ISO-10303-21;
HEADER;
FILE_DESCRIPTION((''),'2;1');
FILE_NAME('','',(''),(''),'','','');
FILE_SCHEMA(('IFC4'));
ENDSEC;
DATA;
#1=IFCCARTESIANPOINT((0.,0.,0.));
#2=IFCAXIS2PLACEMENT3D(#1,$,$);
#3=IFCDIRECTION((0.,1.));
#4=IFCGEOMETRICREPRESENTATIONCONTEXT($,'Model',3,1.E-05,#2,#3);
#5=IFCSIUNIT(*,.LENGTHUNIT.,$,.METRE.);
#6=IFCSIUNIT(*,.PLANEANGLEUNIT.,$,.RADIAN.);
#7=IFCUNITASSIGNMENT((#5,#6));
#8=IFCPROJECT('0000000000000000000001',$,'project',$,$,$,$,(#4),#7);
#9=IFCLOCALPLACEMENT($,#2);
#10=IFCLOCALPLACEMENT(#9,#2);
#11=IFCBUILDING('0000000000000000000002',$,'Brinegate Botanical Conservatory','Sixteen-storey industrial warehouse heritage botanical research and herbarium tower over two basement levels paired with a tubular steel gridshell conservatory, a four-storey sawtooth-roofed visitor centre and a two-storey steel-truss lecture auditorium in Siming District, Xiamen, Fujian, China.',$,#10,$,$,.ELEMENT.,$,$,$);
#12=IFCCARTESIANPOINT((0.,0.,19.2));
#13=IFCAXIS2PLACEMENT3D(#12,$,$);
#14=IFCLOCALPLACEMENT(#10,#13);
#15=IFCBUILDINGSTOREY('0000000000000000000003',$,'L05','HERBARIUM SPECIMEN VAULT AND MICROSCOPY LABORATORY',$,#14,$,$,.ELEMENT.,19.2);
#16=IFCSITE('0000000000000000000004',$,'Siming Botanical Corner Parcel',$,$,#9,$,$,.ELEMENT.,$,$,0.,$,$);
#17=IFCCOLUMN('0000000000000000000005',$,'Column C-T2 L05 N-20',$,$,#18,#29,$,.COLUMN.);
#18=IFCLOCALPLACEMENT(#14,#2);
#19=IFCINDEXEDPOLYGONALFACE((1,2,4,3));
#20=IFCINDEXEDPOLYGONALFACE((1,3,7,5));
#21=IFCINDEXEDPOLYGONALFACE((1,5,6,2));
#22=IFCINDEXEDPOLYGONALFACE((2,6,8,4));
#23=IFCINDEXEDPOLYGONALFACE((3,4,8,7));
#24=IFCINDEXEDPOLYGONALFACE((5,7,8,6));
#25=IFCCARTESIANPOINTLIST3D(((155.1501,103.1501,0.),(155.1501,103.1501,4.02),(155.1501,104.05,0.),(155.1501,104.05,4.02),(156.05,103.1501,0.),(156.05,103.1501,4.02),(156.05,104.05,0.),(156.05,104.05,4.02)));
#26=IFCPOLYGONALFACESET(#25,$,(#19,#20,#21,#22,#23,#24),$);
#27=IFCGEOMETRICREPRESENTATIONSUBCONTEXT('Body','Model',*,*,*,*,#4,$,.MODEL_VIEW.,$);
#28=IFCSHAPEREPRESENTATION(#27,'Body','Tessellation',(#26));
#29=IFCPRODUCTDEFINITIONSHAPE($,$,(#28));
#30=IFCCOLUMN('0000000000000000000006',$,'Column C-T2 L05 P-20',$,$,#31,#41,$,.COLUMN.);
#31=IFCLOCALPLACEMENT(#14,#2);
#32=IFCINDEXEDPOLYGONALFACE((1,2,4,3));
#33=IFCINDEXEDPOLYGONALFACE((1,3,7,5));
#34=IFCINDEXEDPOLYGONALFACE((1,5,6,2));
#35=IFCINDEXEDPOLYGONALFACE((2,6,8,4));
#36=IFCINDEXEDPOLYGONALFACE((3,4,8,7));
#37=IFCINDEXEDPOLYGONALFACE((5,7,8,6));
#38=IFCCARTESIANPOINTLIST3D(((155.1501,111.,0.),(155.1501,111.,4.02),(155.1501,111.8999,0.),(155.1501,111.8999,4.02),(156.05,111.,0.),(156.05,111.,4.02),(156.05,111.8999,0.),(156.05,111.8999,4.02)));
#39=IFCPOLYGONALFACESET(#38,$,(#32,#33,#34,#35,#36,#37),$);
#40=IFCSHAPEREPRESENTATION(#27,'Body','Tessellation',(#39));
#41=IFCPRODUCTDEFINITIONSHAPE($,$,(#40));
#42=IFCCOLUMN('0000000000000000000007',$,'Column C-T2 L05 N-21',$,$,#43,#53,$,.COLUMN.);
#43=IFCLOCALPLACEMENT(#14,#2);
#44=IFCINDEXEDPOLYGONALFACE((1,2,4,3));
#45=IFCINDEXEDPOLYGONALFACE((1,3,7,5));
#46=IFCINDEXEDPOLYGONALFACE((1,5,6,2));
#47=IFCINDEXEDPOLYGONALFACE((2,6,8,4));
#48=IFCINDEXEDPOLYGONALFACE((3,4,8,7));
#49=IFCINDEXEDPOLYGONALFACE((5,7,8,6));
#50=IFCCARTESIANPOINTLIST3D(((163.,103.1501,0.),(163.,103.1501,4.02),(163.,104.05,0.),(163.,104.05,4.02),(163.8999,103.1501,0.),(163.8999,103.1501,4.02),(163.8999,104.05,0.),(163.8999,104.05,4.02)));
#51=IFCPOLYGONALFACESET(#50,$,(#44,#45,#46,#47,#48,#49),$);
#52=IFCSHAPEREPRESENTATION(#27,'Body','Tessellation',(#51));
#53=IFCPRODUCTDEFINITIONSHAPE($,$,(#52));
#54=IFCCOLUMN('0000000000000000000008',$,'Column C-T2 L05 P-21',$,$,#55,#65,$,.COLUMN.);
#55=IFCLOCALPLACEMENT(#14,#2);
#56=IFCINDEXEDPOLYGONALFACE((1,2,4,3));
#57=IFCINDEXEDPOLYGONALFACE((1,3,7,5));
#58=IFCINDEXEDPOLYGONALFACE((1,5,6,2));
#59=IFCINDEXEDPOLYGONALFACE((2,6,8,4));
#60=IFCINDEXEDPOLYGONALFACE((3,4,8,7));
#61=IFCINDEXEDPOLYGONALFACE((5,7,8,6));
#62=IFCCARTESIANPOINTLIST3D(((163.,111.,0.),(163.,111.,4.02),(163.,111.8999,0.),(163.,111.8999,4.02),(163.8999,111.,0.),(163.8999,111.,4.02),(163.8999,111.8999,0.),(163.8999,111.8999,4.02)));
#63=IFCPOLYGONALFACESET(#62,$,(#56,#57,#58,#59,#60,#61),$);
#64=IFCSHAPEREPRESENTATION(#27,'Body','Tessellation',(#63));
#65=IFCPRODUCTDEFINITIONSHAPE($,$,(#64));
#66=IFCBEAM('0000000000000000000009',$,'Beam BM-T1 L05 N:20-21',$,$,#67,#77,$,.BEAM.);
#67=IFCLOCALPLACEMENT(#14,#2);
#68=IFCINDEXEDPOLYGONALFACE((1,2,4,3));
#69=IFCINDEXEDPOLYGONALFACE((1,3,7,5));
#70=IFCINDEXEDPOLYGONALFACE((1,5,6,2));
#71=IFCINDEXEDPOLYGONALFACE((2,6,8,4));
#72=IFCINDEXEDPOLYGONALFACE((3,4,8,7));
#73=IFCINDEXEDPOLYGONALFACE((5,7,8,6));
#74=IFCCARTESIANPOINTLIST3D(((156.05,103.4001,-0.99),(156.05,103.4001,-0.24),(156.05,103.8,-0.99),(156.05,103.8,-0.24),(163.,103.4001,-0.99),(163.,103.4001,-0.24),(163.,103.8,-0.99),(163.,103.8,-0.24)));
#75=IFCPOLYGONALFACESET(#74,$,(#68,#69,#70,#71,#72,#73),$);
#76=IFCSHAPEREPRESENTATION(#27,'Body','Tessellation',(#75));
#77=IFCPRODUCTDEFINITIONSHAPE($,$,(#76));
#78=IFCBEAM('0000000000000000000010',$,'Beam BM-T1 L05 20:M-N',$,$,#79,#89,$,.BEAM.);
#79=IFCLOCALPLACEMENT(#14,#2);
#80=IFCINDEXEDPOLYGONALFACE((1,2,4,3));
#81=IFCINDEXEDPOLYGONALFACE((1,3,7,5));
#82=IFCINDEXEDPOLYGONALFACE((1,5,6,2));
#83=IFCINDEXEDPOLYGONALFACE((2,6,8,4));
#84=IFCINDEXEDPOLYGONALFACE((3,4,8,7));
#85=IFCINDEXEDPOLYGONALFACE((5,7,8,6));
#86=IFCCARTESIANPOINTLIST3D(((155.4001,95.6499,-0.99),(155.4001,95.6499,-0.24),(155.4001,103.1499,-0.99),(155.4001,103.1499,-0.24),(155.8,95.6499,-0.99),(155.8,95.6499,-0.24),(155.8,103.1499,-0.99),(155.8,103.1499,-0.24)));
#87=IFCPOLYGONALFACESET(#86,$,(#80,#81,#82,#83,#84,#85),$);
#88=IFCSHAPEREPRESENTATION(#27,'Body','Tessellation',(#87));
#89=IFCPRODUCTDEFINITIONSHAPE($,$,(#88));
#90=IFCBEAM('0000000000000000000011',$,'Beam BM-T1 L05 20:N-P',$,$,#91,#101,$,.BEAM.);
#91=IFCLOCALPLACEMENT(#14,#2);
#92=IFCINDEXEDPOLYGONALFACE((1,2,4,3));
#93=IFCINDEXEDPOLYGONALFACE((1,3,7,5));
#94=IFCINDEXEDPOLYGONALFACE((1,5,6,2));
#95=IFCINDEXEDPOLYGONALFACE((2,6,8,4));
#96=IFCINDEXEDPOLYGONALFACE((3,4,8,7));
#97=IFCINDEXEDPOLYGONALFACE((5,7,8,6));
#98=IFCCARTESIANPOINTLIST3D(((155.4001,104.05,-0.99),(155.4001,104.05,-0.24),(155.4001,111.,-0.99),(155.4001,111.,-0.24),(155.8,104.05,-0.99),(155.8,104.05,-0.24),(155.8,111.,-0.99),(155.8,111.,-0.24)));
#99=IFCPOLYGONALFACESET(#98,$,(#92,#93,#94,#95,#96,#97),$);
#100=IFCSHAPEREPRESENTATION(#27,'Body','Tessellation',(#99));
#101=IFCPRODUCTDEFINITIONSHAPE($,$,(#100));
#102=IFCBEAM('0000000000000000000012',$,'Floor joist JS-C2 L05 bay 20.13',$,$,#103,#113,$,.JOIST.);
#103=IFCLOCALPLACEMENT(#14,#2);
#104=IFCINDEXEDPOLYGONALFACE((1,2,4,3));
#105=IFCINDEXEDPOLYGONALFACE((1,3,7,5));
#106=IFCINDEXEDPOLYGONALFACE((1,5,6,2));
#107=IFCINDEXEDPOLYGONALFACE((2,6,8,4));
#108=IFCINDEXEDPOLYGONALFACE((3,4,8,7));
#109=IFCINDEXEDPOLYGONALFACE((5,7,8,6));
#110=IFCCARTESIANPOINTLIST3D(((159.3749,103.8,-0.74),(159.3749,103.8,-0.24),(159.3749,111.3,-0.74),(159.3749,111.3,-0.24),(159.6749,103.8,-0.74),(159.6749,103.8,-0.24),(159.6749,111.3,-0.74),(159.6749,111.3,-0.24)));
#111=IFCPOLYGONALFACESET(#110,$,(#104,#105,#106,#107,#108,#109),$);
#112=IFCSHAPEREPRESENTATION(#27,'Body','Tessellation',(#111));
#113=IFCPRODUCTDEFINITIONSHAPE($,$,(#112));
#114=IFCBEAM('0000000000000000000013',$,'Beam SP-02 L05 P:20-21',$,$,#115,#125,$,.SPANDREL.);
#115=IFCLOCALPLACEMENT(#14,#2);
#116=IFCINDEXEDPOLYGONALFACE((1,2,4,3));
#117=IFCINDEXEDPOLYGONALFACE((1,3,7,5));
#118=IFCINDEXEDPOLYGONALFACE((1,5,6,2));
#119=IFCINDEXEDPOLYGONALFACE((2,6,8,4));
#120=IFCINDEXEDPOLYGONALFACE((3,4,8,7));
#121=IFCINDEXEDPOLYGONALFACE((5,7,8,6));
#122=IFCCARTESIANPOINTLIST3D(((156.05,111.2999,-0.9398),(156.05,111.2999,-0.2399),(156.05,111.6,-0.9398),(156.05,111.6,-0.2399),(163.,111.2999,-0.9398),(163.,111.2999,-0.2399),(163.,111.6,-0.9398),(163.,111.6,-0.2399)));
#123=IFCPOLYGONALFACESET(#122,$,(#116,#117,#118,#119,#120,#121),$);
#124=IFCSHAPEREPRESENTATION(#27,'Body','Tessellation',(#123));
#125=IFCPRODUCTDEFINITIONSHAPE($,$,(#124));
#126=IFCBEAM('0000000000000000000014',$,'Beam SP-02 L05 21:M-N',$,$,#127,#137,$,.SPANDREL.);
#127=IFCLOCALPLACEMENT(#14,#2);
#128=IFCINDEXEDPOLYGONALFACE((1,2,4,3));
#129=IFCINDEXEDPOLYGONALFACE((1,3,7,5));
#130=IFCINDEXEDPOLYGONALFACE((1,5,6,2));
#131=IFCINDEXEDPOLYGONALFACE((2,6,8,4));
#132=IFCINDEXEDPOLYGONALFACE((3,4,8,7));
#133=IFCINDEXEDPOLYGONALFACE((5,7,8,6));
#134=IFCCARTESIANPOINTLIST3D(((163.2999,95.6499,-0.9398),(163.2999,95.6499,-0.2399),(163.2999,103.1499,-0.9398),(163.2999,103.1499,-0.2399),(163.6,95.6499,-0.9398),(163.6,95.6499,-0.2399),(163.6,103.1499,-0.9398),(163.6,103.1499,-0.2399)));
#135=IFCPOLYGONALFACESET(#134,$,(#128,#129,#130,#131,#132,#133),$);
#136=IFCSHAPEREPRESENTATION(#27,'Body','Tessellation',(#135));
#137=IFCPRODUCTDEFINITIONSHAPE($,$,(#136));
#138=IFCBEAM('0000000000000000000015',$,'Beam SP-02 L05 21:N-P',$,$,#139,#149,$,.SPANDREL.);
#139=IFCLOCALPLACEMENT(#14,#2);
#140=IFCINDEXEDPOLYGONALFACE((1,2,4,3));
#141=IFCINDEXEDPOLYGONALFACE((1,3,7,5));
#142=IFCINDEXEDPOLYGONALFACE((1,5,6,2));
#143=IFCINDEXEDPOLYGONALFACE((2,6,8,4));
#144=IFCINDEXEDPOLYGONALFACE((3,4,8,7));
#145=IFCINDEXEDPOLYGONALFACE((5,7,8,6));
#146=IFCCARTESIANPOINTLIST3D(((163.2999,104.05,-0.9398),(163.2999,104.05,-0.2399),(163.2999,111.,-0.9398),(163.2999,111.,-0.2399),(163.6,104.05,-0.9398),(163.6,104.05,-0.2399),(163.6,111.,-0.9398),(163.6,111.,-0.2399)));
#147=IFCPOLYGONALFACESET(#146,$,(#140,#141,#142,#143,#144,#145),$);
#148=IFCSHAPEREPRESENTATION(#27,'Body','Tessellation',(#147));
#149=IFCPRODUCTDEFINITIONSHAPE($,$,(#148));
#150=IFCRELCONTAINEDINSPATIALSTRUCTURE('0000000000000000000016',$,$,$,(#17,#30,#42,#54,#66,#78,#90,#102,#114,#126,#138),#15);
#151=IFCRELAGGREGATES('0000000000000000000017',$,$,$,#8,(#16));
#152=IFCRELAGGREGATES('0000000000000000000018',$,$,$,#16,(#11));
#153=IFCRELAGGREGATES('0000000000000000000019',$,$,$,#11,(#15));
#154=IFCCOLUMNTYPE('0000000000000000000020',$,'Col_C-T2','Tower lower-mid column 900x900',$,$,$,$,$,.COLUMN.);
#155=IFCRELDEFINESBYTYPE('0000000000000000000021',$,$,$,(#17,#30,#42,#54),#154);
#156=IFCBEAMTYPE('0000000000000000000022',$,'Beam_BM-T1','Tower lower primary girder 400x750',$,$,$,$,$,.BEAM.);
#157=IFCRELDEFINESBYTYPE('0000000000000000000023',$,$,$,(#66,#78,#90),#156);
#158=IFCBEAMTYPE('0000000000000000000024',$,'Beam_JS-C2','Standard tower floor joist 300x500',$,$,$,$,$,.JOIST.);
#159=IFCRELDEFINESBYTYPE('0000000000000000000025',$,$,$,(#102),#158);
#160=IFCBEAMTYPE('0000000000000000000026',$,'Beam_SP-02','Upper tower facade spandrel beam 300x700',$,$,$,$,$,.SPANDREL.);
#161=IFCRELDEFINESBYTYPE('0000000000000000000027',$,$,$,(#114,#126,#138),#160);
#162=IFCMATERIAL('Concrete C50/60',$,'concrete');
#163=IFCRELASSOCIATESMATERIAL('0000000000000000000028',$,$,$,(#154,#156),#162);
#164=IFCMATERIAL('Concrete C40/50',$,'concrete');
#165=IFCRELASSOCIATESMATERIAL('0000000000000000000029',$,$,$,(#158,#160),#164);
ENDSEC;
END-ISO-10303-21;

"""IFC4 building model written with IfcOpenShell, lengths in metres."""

from ifc_helpers import new_model, si_unit, direction, frame, origin, origin_2d, place, context, subcontext, project, spatial, rectangle, extrude, material, material_profile, profile_set, type_object, element, save


model = new_model("IFC4")

# Units and contexts
model_context = context("Model", 3, precision=1e-05, world=origin(), true_north=direction((0.0, 1.0)))
body_context = subcontext(model_context, "Body", "Model", "MODEL_VIEW")
ifc_project = project(units=[si_unit("LENGTHUNIT", "METRE"), si_unit("PLANEANGLEUNIT", "RADIAN")], contexts=[model_context])

# Site, building, storey
site_placement = place(None, origin())
site = spatial("IfcSite", under=ifc_project, at=site_placement, Name="Siming Botanical Corner Parcel", CompositionType="ELEMENT", RefElevation=0.0)
building_placement = place(site_placement, origin())
building = spatial("IfcBuilding", under=site, at=building_placement, Name="Brinegate Botanical Conservatory", Description="Sixteen-storey industrial warehouse heritage botanical research and herbarium tower over two basement levels paired with a tubular steel gridshell conservatory, a four-storey sawtooth-roofed visitor centre and a two-storey steel-truss lecture auditorium in Siming District, Xiamen, Fujian, China.", CompositionType="ELEMENT")
storey_placement = place(building_placement, frame((0.0, 0.0, 19.2)))
storey = spatial("IfcBuildingStorey", under=building, at=storey_placement, Name="L05", Description="HERBARIUM SPECIMEN VAULT AND MICROSCOPY LABORATORY", CompositionType="ELEMENT", Elevation=19.2)

# Columns
ifc_material_1 = material(Name="Concrete C50/60", Category="concrete")
ifc_material_profile_1 = material_profile(ifc_material_1, rectangle(XDim=0.8999, YDim=0.8999, at=origin_2d()), Name="RC COL 900x900")
ifc_profile_set_1 = profile_set([ifc_material_profile_1], Name="Concrete C50/60")
column_type = type_object("IfcColumnType", Name="Col_C-T2", Description="Tower lower-mid column 900x900", PredefinedType="COLUMN", material=ifc_profile_set_1)
for number, where, z_axis, x_axis, name in (
    (1, (155.6001, 103.6001, 0.0), (0.0, 0.0, 1.0), (1.0, 0.0, 0.0), "Column C-T2 L05 N-20"),
    (2, (155.6001, 111.45, 0.0), (0.0, 0.0, 1.0), (1.0, 0.0, 0.0), "Column C-T2 L05 P-20"),
    (3, (163.45, 103.6001, 0.0), (0.0, 0.0, 1.0), (1.0, 0.0, 0.0), "Column C-T2 L05 N-21"),
    (4, (163.45, 111.45, 0.0), (0.0, 0.0, 1.0), (1.0, 0.0, 0.0), "Column C-T2 L05 P-21"),
):
    element("IfcColumn", number, at=place(storey_placement, frame(where, z_axis=z_axis, x_axis=x_axis)), inside=storey, type_object=column_type, Name=name, PredefinedType="COLUMN", context=body_context, shape_type="SweptSolid", body=[
        extrude(rectangle(XDim=0.8999, YDim=0.8999, at=origin_2d()), origin(), (0.0, 0.0, 1.0), 4.02),
    ])

# Beams
ifc_material_profile_2 = material_profile(ifc_material_1, rectangle(XDim=0.3999, YDim=0.75, at=origin_2d()), Name="RC BM 400x750")
ifc_profile_set_2 = profile_set([ifc_material_profile_2], Name="Concrete C50/60")
beam_type_1 = type_object("IfcBeamType", Name="Beam_BM-T1", Description="Tower lower primary girder 400x750", PredefinedType="BEAM", material=ifc_profile_set_2)
beam_1_placement = place(storey_placement, frame((156.05, 103.6001, -0.615), z_axis=(1.0, 0.0, 0.0), x_axis=(0.0, 1.0, 0.0)))
element("IfcBeam", 5, at=beam_1_placement, inside=storey, type_object=beam_type_1, Name="Beam BM-T1 L05 N:20-21", PredefinedType="BEAM", context=body_context, shape_type="SweptSolid", body=[
    extrude(rectangle(XDim=0.3999, YDim=0.75, at=origin_2d()), origin(), (0.0, 0.0, 1.0), 6.95),
])
beam_2_placement = place(storey_placement, frame((155.6001, 95.6499, -0.615), z_axis=(0.0, 1.0, 0.0), x_axis=(-1.0, 0.0, 0.0)))
element("IfcBeam", 6, at=beam_2_placement, inside=storey, type_object=beam_type_1, Name="Beam BM-T1 L05 20:M-N", PredefinedType="BEAM", context=body_context, shape_type="SweptSolid", body=[
    extrude(rectangle(XDim=0.3999, YDim=0.75, at=origin_2d()), origin(), (0.0, 0.0, 1.0), 7.5),
])
beam_3_placement = place(storey_placement, frame((155.6001, 104.05, -0.615), z_axis=(0.0, 1.0, 0.0), x_axis=(-1.0, 0.0, 0.0)))
element("IfcBeam", 7, at=beam_3_placement, inside=storey, type_object=beam_type_1, Name="Beam BM-T1 L05 20:N-P", PredefinedType="BEAM", context=body_context, shape_type="SweptSolid", body=[
    extrude(rectangle(XDim=0.3999, YDim=0.75, at=origin_2d()), origin(), (0.0, 0.0, 1.0), 6.95),
])
ifc_material_2 = material(Name="Concrete C40/50", Category="concrete")
ifc_material_profile_3 = material_profile(ifc_material_2, rectangle(XDim=0.3, YDim=0.5, at=origin_2d()), Name="RC JST 300x500")
ifc_profile_set_3 = profile_set([ifc_material_profile_3], Name="Concrete C40/50")
beam_type_2 = type_object("IfcBeamType", Name="Beam_JS-C2", Description="Standard tower floor joist 300x500", PredefinedType="JOIST", material=ifc_profile_set_3)
beam_4_placement = place(storey_placement, frame((159.5249, 103.8, -0.49), z_axis=(0.0, 1.0, 0.0), x_axis=(-1.0, 0.0, 0.0)))
element("IfcBeam", 8, at=beam_4_placement, inside=storey, type_object=beam_type_2, Name="Floor joist JS-C2 L05 bay 20.13", PredefinedType="JOIST", context=body_context, shape_type="SweptSolid", body=[
    extrude(rectangle(XDim=0.3, YDim=0.5, at=origin_2d()), origin(), (0.0, 0.0, 1.0), 7.5),
])
ifc_material_profile_4 = material_profile(ifc_material_2, rectangle(XDim=0.3, YDim=0.7, at=origin_2d()), Name="RC SPN 300x700")
ifc_profile_set_4 = profile_set([ifc_material_profile_4], Name="Concrete C40/50")
beam_type_3 = type_object("IfcBeamType", Name="Beam_SP-02", Description="Upper tower facade spandrel beam 300x700", PredefinedType="SPANDREL", material=ifc_profile_set_4)
beam_5_placement = place(storey_placement, frame((156.05, 111.45, -0.5898), z_axis=(1.0, 0.0, 0.0), x_axis=(0.0, 1.0, 0.0)))
element("IfcBeam", 9, at=beam_5_placement, inside=storey, type_object=beam_type_3, Name="Beam SP-02 L05 P:20-21", PredefinedType="SPANDREL", context=body_context, shape_type="SweptSolid", body=[
    extrude(rectangle(XDim=0.3, YDim=0.7, at=origin_2d()), origin(), (0.0, 0.0, 1.0), 6.95),
])
beam_6_placement = place(storey_placement, frame((163.45, 95.6499, -0.5898), z_axis=(0.0, 1.0, 0.0), x_axis=(-1.0, 0.0, 0.0)))
element("IfcBeam", 10, at=beam_6_placement, inside=storey, type_object=beam_type_3, Name="Beam SP-02 L05 21:M-N", PredefinedType="SPANDREL", context=body_context, shape_type="SweptSolid", body=[
    extrude(rectangle(XDim=0.3, YDim=0.7, at=origin_2d()), origin(), (0.0, 0.0, 1.0), 7.5),
])
beam_7_placement = place(storey_placement, frame((163.45, 104.05, -0.5898), z_axis=(0.0, 1.0, 0.0), x_axis=(-1.0, 0.0, 0.0)))
element("IfcBeam", 11, at=beam_7_placement, inside=storey, type_object=beam_type_3, Name="Beam SP-02 L05 21:N-P", PredefinedType="SPANDREL", context=body_context, shape_type="SweptSolid", body=[
    extrude(rectangle(XDim=0.3, YDim=0.7, at=origin_2d()), origin(), (0.0, 0.0, 1.0), 6.95),
])

save(model, "model.ifc")
